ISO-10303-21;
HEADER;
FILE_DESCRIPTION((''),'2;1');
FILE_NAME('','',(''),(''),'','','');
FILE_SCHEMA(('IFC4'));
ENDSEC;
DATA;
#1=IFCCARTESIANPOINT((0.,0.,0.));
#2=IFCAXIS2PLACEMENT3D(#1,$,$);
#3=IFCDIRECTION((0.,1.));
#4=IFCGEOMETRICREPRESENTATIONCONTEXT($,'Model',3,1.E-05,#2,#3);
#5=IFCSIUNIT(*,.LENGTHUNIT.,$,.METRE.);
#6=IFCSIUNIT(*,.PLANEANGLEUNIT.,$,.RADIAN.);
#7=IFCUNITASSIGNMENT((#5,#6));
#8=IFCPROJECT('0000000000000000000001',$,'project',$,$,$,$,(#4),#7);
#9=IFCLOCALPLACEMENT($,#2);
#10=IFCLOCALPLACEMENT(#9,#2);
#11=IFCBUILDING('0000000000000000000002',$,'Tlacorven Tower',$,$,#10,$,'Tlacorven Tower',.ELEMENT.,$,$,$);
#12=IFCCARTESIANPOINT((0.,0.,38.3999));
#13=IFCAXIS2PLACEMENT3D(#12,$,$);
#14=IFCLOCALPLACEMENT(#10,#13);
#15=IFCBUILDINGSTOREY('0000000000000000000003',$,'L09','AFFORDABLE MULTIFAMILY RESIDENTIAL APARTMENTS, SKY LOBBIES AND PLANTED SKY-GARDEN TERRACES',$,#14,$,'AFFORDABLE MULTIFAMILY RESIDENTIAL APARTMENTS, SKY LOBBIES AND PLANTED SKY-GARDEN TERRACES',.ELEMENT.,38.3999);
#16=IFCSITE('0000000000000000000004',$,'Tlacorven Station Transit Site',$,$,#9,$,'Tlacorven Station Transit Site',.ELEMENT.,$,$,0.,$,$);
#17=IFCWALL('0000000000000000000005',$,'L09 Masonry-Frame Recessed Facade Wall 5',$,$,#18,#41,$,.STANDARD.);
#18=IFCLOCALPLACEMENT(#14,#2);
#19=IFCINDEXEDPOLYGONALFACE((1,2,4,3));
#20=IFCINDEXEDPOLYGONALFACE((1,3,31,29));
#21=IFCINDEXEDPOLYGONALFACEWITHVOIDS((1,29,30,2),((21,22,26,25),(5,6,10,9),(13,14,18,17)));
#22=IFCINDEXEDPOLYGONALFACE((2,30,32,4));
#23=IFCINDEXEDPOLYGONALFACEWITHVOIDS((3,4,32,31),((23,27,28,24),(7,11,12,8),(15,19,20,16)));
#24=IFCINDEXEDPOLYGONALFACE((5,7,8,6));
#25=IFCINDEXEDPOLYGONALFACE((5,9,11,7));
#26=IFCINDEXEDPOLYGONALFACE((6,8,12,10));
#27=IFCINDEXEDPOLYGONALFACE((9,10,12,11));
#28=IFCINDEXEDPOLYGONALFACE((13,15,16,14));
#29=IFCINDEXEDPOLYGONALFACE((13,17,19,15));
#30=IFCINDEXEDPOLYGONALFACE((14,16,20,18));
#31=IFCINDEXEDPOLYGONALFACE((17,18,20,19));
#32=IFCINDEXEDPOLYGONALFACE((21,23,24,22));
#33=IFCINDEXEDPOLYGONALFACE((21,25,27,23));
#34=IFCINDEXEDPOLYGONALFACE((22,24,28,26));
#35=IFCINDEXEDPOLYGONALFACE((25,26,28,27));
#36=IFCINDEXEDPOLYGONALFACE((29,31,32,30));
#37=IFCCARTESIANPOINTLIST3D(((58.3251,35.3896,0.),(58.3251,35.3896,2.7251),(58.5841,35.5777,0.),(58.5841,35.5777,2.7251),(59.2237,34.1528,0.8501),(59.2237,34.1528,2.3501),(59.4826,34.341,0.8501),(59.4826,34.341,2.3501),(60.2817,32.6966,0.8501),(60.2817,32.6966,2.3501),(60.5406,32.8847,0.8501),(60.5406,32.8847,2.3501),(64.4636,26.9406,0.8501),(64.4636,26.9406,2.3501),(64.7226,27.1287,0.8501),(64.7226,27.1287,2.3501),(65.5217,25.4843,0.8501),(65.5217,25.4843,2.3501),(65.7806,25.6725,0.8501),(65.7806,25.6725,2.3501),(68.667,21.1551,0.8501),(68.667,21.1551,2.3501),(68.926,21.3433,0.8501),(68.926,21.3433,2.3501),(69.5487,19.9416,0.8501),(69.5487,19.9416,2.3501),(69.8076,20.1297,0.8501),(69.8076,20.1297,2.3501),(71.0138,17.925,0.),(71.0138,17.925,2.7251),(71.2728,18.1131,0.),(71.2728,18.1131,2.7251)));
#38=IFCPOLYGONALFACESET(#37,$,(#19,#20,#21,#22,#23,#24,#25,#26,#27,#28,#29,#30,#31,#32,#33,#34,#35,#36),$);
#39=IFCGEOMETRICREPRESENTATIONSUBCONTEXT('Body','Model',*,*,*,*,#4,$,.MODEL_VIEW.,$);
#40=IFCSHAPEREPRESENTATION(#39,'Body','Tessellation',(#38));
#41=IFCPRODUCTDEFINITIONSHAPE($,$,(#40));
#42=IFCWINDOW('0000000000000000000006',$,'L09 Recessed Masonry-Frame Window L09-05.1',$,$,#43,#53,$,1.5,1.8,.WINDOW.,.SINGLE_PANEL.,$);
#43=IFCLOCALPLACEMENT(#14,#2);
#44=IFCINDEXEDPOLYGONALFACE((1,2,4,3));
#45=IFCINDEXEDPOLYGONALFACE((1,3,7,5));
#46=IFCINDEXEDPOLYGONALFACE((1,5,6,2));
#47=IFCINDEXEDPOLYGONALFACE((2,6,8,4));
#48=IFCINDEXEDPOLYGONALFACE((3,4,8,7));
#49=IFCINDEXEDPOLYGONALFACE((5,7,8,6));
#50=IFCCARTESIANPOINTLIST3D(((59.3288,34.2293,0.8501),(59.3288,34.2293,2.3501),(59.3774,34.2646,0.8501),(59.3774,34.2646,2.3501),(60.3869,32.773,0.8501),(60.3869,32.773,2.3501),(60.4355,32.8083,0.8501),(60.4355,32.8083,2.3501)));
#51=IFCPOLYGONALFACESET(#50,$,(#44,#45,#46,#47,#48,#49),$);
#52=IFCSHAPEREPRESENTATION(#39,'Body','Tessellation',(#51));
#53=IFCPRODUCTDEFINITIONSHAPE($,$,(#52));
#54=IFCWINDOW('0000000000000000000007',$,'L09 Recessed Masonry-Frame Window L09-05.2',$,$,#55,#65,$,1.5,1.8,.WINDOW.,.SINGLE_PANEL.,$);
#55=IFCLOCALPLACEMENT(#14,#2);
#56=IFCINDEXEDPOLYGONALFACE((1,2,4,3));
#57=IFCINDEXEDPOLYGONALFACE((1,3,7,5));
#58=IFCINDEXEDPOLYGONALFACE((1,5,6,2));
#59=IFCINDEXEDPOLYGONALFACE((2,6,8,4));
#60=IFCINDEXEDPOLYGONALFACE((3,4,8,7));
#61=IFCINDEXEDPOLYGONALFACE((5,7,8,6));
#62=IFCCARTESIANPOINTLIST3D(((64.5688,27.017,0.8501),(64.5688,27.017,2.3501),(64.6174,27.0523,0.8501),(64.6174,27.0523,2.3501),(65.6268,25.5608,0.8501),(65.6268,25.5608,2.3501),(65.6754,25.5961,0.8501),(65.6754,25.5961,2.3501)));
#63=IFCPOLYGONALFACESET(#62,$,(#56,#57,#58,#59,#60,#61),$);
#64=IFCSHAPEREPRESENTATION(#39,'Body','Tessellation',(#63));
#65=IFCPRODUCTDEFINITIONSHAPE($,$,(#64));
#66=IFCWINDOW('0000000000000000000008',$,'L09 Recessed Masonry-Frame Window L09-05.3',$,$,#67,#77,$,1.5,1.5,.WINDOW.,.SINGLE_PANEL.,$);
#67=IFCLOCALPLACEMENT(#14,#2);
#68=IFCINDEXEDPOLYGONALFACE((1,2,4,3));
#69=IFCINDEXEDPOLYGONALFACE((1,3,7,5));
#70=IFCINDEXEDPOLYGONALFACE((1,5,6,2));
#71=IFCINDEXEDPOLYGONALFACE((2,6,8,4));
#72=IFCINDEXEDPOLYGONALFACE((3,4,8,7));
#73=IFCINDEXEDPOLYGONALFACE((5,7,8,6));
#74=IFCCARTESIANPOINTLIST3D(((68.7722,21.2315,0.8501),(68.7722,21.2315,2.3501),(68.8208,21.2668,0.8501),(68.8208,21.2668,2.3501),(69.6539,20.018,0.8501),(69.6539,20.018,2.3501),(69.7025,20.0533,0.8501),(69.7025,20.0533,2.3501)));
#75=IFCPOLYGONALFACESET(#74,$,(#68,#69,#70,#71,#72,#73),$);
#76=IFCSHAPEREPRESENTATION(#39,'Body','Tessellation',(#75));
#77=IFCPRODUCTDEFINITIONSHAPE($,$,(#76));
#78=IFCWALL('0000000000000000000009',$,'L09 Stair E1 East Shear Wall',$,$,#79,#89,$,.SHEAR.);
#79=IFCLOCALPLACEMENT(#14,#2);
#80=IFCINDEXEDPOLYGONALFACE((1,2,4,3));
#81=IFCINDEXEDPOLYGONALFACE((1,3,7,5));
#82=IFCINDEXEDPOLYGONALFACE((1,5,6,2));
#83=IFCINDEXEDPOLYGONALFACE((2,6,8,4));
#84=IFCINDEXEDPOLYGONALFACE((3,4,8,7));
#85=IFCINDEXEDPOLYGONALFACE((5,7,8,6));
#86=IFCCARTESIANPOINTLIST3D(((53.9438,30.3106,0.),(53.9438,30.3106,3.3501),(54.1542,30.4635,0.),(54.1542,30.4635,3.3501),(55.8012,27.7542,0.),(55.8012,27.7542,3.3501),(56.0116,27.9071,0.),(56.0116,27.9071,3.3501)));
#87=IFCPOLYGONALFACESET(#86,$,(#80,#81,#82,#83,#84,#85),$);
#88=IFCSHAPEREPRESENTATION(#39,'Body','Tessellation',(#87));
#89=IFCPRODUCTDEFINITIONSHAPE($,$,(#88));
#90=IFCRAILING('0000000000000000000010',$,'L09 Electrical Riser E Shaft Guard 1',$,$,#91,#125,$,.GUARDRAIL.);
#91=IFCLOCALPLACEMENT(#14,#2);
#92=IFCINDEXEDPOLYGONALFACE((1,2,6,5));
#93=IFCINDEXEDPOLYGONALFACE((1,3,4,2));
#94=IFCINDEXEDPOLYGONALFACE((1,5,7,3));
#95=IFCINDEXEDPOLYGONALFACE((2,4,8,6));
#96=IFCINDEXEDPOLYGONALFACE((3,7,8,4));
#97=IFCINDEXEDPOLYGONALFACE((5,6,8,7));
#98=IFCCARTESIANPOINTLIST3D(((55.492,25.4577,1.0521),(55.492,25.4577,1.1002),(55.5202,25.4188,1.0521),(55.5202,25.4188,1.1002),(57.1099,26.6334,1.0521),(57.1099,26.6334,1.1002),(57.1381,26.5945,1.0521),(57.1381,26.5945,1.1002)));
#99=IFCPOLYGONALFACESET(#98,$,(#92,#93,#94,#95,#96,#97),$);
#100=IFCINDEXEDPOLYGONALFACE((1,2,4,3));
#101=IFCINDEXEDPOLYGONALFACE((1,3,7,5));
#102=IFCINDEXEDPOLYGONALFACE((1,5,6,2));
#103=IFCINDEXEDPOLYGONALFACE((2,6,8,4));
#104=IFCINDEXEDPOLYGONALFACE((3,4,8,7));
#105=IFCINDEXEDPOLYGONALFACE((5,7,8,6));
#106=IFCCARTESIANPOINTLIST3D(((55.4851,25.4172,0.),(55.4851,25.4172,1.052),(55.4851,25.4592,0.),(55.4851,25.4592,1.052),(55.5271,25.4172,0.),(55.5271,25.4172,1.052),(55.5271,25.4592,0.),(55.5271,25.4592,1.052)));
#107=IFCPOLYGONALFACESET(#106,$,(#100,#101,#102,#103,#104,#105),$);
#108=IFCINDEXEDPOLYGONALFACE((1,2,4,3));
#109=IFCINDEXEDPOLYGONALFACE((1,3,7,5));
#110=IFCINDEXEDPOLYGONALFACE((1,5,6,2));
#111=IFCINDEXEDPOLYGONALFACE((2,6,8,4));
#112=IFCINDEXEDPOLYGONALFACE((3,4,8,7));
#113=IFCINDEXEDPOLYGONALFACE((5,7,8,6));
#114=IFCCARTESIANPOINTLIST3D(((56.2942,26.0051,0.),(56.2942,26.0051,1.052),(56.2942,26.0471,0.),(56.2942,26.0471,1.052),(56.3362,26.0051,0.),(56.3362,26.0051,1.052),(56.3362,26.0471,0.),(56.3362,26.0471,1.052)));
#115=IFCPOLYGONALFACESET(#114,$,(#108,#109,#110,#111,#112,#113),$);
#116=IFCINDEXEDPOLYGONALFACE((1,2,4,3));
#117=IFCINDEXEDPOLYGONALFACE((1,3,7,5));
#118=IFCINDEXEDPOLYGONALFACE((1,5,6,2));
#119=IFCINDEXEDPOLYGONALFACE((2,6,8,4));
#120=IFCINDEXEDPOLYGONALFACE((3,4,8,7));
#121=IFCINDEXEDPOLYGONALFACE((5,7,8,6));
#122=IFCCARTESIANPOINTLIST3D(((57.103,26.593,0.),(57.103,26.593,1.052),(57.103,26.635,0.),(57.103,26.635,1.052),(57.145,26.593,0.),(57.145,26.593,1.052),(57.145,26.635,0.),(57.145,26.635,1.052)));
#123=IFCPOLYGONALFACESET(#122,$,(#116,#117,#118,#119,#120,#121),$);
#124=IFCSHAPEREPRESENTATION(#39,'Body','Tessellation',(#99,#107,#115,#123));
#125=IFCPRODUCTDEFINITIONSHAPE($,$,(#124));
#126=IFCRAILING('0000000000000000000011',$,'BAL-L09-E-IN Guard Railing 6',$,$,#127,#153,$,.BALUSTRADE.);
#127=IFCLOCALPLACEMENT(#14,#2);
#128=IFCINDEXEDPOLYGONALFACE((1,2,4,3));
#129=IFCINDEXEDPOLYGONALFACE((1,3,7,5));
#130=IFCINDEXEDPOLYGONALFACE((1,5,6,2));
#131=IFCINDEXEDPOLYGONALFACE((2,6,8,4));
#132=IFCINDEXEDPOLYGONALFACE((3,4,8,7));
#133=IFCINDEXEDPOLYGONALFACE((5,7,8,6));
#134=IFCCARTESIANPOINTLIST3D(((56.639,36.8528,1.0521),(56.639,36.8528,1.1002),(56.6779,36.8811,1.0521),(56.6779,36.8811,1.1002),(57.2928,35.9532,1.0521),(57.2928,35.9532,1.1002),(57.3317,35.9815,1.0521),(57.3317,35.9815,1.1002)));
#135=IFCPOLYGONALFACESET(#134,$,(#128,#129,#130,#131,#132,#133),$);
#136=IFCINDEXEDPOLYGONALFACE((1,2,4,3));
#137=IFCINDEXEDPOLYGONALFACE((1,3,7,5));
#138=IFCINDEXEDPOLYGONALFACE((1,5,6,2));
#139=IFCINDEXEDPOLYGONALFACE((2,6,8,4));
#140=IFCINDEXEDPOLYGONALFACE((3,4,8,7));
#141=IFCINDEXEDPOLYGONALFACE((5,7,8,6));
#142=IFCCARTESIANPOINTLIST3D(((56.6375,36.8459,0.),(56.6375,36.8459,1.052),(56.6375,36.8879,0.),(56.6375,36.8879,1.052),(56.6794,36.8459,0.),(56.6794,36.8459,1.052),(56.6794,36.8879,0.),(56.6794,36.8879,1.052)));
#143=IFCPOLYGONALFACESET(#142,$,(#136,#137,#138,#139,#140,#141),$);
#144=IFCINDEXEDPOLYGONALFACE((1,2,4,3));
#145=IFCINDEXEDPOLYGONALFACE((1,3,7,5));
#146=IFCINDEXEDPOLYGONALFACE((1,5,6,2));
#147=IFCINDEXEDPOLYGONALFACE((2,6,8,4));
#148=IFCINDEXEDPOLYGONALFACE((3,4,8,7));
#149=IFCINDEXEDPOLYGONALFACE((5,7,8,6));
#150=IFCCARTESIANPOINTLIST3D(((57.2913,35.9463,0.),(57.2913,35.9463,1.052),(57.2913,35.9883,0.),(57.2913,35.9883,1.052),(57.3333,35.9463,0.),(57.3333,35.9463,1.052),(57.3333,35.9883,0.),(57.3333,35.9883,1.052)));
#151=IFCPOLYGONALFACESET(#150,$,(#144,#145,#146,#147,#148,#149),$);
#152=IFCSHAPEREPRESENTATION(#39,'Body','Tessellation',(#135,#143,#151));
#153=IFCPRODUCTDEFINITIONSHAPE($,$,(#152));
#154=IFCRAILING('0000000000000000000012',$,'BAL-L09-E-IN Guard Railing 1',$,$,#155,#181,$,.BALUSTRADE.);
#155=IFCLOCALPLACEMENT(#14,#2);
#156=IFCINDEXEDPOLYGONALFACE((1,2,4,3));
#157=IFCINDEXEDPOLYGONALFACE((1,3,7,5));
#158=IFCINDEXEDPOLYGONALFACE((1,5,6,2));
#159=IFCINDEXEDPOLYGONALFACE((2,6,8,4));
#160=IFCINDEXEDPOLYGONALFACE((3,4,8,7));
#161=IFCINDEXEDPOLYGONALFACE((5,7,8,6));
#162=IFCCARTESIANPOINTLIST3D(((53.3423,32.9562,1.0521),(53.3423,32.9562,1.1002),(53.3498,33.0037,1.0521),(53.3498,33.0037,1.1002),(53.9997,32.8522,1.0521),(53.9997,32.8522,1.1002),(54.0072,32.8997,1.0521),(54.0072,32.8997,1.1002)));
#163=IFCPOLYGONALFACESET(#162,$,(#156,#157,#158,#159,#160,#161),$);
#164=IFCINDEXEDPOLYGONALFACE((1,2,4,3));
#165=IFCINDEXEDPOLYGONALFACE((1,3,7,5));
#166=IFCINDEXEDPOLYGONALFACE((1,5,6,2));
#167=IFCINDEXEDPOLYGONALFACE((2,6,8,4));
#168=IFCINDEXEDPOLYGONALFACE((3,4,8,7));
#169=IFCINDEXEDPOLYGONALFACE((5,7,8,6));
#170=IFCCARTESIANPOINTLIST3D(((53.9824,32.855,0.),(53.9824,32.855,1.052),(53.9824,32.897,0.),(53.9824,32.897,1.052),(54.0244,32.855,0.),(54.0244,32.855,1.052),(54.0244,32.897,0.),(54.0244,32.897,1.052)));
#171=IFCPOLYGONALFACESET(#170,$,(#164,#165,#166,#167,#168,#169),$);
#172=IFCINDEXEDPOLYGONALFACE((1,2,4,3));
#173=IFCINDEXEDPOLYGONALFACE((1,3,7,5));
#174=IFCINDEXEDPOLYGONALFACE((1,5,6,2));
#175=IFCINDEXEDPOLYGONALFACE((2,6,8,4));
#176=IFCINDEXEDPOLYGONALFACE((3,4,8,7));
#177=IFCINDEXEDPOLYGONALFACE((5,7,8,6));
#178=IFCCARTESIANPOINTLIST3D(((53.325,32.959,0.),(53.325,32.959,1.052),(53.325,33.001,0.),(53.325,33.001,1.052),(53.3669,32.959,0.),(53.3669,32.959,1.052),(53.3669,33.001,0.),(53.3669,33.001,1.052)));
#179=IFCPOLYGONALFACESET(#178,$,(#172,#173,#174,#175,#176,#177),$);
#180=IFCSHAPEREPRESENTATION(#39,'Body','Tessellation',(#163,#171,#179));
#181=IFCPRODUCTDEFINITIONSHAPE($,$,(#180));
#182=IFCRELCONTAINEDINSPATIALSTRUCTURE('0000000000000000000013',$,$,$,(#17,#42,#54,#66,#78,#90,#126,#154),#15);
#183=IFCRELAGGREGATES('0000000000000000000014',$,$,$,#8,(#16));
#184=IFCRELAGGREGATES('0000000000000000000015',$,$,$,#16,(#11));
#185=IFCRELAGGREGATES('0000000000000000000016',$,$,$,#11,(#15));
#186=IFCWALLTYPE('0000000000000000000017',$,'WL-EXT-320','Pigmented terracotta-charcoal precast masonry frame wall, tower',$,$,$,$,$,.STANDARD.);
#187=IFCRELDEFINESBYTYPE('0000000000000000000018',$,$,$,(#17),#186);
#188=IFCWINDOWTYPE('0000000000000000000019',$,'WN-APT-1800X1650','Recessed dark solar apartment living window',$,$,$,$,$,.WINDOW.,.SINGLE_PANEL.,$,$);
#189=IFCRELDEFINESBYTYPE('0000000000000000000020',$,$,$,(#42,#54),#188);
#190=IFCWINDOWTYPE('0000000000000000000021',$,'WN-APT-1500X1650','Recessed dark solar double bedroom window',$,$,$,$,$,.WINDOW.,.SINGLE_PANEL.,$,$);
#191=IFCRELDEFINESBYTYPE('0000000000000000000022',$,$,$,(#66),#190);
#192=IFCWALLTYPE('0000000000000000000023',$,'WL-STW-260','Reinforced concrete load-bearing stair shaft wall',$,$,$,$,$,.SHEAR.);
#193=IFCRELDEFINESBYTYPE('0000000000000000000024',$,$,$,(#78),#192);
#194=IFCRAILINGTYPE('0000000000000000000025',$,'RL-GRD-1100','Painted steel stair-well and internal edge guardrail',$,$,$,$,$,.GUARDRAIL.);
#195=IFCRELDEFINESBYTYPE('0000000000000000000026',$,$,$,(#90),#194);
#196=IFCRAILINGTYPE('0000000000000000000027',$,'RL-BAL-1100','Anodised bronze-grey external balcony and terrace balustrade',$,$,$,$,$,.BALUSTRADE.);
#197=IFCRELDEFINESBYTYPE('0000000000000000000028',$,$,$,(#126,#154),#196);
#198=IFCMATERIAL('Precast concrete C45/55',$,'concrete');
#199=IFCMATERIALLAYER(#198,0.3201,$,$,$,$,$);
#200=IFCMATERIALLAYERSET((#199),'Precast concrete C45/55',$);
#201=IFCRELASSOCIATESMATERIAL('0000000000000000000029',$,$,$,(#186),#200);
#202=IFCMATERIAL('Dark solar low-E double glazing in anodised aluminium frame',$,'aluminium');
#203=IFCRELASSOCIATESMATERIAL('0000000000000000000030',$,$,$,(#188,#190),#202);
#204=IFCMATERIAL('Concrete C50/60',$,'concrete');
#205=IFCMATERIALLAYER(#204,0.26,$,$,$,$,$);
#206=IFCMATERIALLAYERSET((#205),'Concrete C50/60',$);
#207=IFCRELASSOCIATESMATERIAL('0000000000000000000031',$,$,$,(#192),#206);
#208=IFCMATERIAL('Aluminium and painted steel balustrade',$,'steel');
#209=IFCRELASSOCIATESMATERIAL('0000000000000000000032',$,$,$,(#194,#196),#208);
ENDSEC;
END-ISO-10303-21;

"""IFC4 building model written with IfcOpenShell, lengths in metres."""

from ifc_helpers import new_model, si_unit, direction, frame, frame_2d, origin, origin_2d, place, context, subcontext, project, spatial, rectangle, extrude, source, transform, mapped, material, layer, layer_set, type_object, element, fill, save


model = new_model("IFC4")

# Units and contexts
model_context = context("Model", 3, precision=1e-05, world=origin(), true_north=direction((0.0, 1.0)))
body_context = subcontext(model_context, "Body", "Model", "MODEL_VIEW")
ifc_project = project(units=[si_unit("LENGTHUNIT", "METRE"), si_unit("PLANEANGLEUNIT", "RADIAN")], contexts=[model_context])

# Site, building, storey
site_placement = place(None, origin())
site = spatial("IfcSite", under=ifc_project, at=site_placement, Name="Tlacorven Station Transit Site", LongName="Tlacorven Station Transit Site", CompositionType="ELEMENT", RefElevation=0.0)
building_placement = place(site_placement, origin())
building = spatial("IfcBuilding", under=site, at=building_placement, Name="Tlacorven Tower", LongName="Tlacorven Tower", CompositionType="ELEMENT")
storey_placement = place(building_placement, frame((0.0, 0.0, 38.3999)))
storey = spatial("IfcBuildingStorey", under=building, at=storey_placement, Name="L09", Description="AFFORDABLE MULTIFAMILY RESIDENTIAL APARTMENTS, SKY LOBBIES AND PLANTED SKY-GARDEN TERRACES", LongName="AFFORDABLE MULTIFAMILY RESIDENTIAL APARTMENTS, SKY LOBBIES AND PLANTED SKY-GARDEN TERRACES", CompositionType="ELEMENT", Elevation=38.3999)

# Wall, openings, windows
ifc_material_1 = material(Name="Precast concrete C45/55", Category="concrete")
ifc_layer_1 = layer(ifc_material_1, 0.3201)
ifc_layer_set_1 = layer_set([ifc_layer_1], Name="Precast concrete C45/55")
wall_type_1 = type_object("IfcWallType", Name="WL-EXT-320", Description="Pigmented terracotta-charcoal precast masonry frame wall, tower", PredefinedType="STANDARD", material=ifc_layer_set_1)
wall_1_placement = place(storey_placement, frame((58.4546, 35.4836, 0.0), z_axis=(0.0, 0.0, 1.0), x_axis=(0.587784, -0.809018, 0.0)))
wall_1 = element("IfcWall", 1, at=wall_1_placement, inside=storey, type_object=wall_type_1, Name="L09 Masonry-Frame Recessed Facade Wall 5", PredefinedType="STANDARD", context=body_context, shape_type="SweptSolid", body=[
    extrude(rectangle(XDim=21.5874, YDim=0.3201, at=frame_2d((10.7937, 0.0))), origin(), (0.0, 0.0, 1.0), 2.7251),
])
opening_1_placement = place(wall_1_placement, frame((1.5288, 0.0, 0.8501)))
opening_1 = element("IfcOpeningElement", 2, at=opening_1_placement, cuts=wall_1, PredefinedType="OPENING", context=body_context, shape_type="SweptSolid", body=[
    extrude(rectangle(XDim=1.8, YDim=1.5, at=frame_2d((0.8999, 0.75))), frame((0.0, 0.1699, 0.0), z_axis=(0.0, -1.0, 0.0), x_axis=(1.0, 0.0, 0.0)), (0.0, 0.0, 1.0), 0.3401),
])
opening_2_placement = place(wall_1_placement, frame((10.4436, 0.0, 0.8501)))
opening_2 = element("IfcOpeningElement", 3, at=opening_2_placement, cuts=wall_1, PredefinedType="OPENING", context=body_context, shape_type="SweptSolid", body=[
    extrude(rectangle(XDim=1.8, YDim=1.5, at=frame_2d((0.8999, 0.75))), frame((0.0, 0.1699, 0.0), z_axis=(0.0, -1.0, 0.0), x_axis=(1.0, 0.0, 0.0)), (0.0, 0.0, 1.0), 0.3401),
])
opening_3_placement = place(wall_1_placement, frame((17.5947, 0.0, 0.8501)))
opening_3 = element("IfcOpeningElement", 4, at=opening_3_placement, cuts=wall_1, PredefinedType="OPENING", context=body_context, shape_type="SweptSolid", body=[
    extrude(rectangle(XDim=1.5, YDim=1.5, at=frame_2d((0.75, 0.75))), frame((0.0, 0.1699, 0.0), z_axis=(0.0, -1.0, 0.0), x_axis=(1.0, 0.0, 0.0)), (0.0, 0.0, 1.0), 0.3401),
])
ifc_material_2 = material(Name="Dark solar low-E double glazing in anodised aluminium frame", Category="aluminium")
window_type_1 = type_object("IfcWindowType", Name="WN-APT-1800X1650", Description="Recessed dark solar apartment living window", PartitioningType="SINGLE_PANEL", PredefinedType="WINDOW", material=ifc_material_2)
shared_shape_1 = source(origin(), body_context, "Body", "SweptSolid", [
    extrude(rectangle(XDim=1.8, YDim=1.5, at=frame_2d((0.8999, 0.75))), frame((0.0, 0.03, 0.0), z_axis=(0.0, -1.0, 0.0), x_axis=(1.0, 0.0, 0.0)), (0.0, 0.0, 1.0), 0.0601),
])
window_1_placement = place(opening_1_placement, origin())
window_1 = element("IfcWindow", 5, at=window_1_placement, inside=storey, type_object=window_type_1, Name="L09 Recessed Masonry-Frame Window L09-05.1", OverallHeight=1.5, OverallWidth=1.8, PartitioningType="SINGLE_PANEL", PredefinedType="WINDOW", context=body_context, shape_type="MappedRepresentation", body=[
    mapped(shared_shape_1, transform((0.0, 0.0, 0.0), scale=1.0)),
])
fill(opening_1, window_1)
window_2_placement = place(opening_2_placement, origin())
window_2 = element("IfcWindow", 6, at=window_2_placement, inside=storey, type_object=window_type_1, Name="L09 Recessed Masonry-Frame Window L09-05.2", OverallHeight=1.5, OverallWidth=1.8, PartitioningType="SINGLE_PANEL", PredefinedType="WINDOW", context=body_context, shape_type="MappedRepresentation", body=[
    mapped(shared_shape_1, transform((0.0, 0.0, 0.0), scale=1.0)),
])
fill(opening_2, window_2)
window_type_2 = type_object("IfcWindowType", Name="WN-APT-1500X1650", Description="Recessed dark solar double bedroom window", PartitioningType="SINGLE_PANEL", PredefinedType="WINDOW", material=ifc_material_2)
shared_shape_2 = source(origin(), body_context, "Body", "SweptSolid", [
    extrude(rectangle(XDim=1.5, YDim=1.5, at=frame_2d((0.75, 0.75))), frame((0.0, 0.03, 0.0), z_axis=(0.0, -1.0, 0.0), x_axis=(1.0, 0.0, 0.0)), (0.0, 0.0, 1.0), 0.0601),
])
window_3_placement = place(opening_3_placement, origin())
window_3 = element("IfcWindow", 7, at=window_3_placement, inside=storey, type_object=window_type_2, Name="L09 Recessed Masonry-Frame Window L09-05.3", OverallHeight=1.5, OverallWidth=1.5, PartitioningType="SINGLE_PANEL", PredefinedType="WINDOW", context=body_context, shape_type="MappedRepresentation", body=[
    mapped(shared_shape_2, transform((0.0, 0.0, 0.0), scale=1.0)),
])
fill(opening_3, window_3)

# Wall
ifc_material_3 = material(Name="Concrete C50/60", Category="concrete")
ifc_layer_2 = layer(ifc_material_3, 0.26)
ifc_layer_set_2 = layer_set([ifc_layer_2], Name="Concrete C50/60")
wall_type_2 = type_object("IfcWallType", Name="WL-STW-260", Description="Reinforced concrete load-bearing stair shaft wall", PredefinedType="SHEAR", material=ifc_layer_set_2)
wall_2_placement = place(storey_placement, frame((55.9065, 27.8306, 0.0), z_axis=(0.0, 0.0, 1.0), x_axis=(-0.587804, 0.809003, 0.0)))
element("IfcWall", 8, at=wall_2_placement, inside=storey, type_object=wall_type_2, Name="L09 Stair E1 East Shear Wall", PredefinedType="SHEAR", context=body_context, shape_type="SweptSolid", body=[
    extrude(rectangle(XDim=3.1599, YDim=0.26, at=frame_2d((1.5801, 0.0))), origin(), (0.0, 0.0, 1.0), 3.3501),
])

# Railings
ifc_material_4 = material(Name="Aluminium and painted steel balustrade", Category="steel")
railing_type_1 = type_object("IfcRailingType", Name="RL-GRD-1100", Description="Painted steel stair-well and internal edge guardrail", PredefinedType="GUARDRAIL", material=ifc_material_4)
shared_shape_3 = source(origin(), body_context, "Body", "SweptSolid", [
    extrude(rectangle(XDim=0.0481, YDim=0.0481, at=origin_2d()), frame((0.0, 0.0, 1.0762), z_axis=(0.808947, 0.587881, 0.0), x_axis=(-0.587881, 0.808947, 0.0)), (0.0, 0.0, 1.0), 2.0),
    extrude(rectangle(XDim=0.042, YDim=0.042, at=origin_2d()), origin(), (0.0, 0.0, 1.0), 1.052),
    extrude(rectangle(XDim=0.042, YDim=0.042, at=origin_2d()), frame((0.8091, 0.5879, 0.0)), (0.0, 0.0, 1.0), 1.052),
    extrude(rectangle(XDim=0.042, YDim=0.042, at=origin_2d()), frame((1.6179, 1.1758, 0.0)), (0.0, 0.0, 1.0), 1.052),
])
railing_1_placement = place(storey_placement, frame((55.5061, 25.4382, 0.0)))
element("IfcRailing", 9, at=railing_1_placement, inside=storey, type_object=railing_type_1, Name="L09 Electrical Riser E Shaft Guard 1", PredefinedType="GUARDRAIL", context=body_context, shape_type="MappedRepresentation", body=[
    mapped(shared_shape_3, transform((0.0, 0.0, 0.0), scale=1.0)),
])
railing_type_2 = type_object("IfcRailingType", Name="RL-BAL-1100", Description="Anodised bronze-grey external balcony and terrace balustrade", PredefinedType="BALUSTRADE", material=ifc_material_4)
shared_shape_4 = source(origin(), body_context, "Body", "SweptSolid", [
    extrude(rectangle(XDim=0.0481, YDim=0.0481, at=origin_2d()), frame((0.0, 0.0, 1.0762), z_axis=(0.587884, -0.808945, 0.0), x_axis=(0.808945, 0.587884, 0.0)), (0.0, 0.0, 1.0), 1.1121),
    extrude(rectangle(XDim=0.042, YDim=0.042, at=origin_2d()), origin(), (0.0, 0.0, 1.0), 1.052),
    extrude(rectangle(XDim=0.042, YDim=0.042, at=origin_2d()), frame((0.6538, -0.8997, 0.0)), (0.0, 0.0, 1.0), 1.052),
])
railing_2_placement = place(storey_placement, frame((56.6584, 36.8669, 0.0)))
element("IfcRailing", 10, at=railing_2_placement, inside=storey, type_object=railing_type_2, Name="BAL-L09-E-IN Guard Railing 6", PredefinedType="BALUSTRADE", context=body_context, shape_type="MappedRepresentation", body=[
    mapped(shared_shape_4, transform((0.0, 0.0, 0.0), scale=1.0)),
])
shared_shape_5 = source(origin(), body_context, "Body", "SweptSolid", [
    extrude(rectangle(XDim=0.0481, YDim=0.0481, at=origin_2d()), frame((0.0, 0.0, 1.0762), z_axis=(-0.987718, 0.156245, 0.0), x_axis=(-0.156245, -0.987718, 0.0)), (0.0, 0.0, 1.0), 0.6655),
    extrude(rectangle(XDim=0.042, YDim=0.042, at=origin_2d()), origin(), (0.0, 0.0, 1.0), 1.052),
    extrude(rectangle(XDim=0.042, YDim=0.042, at=origin_2d()), frame((-0.6575, 0.104, 0.0)), (0.0, 0.0, 1.0), 1.052),
])
railing_3_placement = place(storey_placement, frame((54.0034, 32.876, 0.0)))
element("IfcRailing", 11, at=railing_3_placement, inside=storey, type_object=railing_type_2, Name="BAL-L09-E-IN Guard Railing 1", PredefinedType="BALUSTRADE", context=body_context, shape_type="MappedRepresentation", body=[
    mapped(shared_shape_5, transform((0.0, 0.0, 0.0), scale=1.0)),
])

save(model, "model.ifc")
